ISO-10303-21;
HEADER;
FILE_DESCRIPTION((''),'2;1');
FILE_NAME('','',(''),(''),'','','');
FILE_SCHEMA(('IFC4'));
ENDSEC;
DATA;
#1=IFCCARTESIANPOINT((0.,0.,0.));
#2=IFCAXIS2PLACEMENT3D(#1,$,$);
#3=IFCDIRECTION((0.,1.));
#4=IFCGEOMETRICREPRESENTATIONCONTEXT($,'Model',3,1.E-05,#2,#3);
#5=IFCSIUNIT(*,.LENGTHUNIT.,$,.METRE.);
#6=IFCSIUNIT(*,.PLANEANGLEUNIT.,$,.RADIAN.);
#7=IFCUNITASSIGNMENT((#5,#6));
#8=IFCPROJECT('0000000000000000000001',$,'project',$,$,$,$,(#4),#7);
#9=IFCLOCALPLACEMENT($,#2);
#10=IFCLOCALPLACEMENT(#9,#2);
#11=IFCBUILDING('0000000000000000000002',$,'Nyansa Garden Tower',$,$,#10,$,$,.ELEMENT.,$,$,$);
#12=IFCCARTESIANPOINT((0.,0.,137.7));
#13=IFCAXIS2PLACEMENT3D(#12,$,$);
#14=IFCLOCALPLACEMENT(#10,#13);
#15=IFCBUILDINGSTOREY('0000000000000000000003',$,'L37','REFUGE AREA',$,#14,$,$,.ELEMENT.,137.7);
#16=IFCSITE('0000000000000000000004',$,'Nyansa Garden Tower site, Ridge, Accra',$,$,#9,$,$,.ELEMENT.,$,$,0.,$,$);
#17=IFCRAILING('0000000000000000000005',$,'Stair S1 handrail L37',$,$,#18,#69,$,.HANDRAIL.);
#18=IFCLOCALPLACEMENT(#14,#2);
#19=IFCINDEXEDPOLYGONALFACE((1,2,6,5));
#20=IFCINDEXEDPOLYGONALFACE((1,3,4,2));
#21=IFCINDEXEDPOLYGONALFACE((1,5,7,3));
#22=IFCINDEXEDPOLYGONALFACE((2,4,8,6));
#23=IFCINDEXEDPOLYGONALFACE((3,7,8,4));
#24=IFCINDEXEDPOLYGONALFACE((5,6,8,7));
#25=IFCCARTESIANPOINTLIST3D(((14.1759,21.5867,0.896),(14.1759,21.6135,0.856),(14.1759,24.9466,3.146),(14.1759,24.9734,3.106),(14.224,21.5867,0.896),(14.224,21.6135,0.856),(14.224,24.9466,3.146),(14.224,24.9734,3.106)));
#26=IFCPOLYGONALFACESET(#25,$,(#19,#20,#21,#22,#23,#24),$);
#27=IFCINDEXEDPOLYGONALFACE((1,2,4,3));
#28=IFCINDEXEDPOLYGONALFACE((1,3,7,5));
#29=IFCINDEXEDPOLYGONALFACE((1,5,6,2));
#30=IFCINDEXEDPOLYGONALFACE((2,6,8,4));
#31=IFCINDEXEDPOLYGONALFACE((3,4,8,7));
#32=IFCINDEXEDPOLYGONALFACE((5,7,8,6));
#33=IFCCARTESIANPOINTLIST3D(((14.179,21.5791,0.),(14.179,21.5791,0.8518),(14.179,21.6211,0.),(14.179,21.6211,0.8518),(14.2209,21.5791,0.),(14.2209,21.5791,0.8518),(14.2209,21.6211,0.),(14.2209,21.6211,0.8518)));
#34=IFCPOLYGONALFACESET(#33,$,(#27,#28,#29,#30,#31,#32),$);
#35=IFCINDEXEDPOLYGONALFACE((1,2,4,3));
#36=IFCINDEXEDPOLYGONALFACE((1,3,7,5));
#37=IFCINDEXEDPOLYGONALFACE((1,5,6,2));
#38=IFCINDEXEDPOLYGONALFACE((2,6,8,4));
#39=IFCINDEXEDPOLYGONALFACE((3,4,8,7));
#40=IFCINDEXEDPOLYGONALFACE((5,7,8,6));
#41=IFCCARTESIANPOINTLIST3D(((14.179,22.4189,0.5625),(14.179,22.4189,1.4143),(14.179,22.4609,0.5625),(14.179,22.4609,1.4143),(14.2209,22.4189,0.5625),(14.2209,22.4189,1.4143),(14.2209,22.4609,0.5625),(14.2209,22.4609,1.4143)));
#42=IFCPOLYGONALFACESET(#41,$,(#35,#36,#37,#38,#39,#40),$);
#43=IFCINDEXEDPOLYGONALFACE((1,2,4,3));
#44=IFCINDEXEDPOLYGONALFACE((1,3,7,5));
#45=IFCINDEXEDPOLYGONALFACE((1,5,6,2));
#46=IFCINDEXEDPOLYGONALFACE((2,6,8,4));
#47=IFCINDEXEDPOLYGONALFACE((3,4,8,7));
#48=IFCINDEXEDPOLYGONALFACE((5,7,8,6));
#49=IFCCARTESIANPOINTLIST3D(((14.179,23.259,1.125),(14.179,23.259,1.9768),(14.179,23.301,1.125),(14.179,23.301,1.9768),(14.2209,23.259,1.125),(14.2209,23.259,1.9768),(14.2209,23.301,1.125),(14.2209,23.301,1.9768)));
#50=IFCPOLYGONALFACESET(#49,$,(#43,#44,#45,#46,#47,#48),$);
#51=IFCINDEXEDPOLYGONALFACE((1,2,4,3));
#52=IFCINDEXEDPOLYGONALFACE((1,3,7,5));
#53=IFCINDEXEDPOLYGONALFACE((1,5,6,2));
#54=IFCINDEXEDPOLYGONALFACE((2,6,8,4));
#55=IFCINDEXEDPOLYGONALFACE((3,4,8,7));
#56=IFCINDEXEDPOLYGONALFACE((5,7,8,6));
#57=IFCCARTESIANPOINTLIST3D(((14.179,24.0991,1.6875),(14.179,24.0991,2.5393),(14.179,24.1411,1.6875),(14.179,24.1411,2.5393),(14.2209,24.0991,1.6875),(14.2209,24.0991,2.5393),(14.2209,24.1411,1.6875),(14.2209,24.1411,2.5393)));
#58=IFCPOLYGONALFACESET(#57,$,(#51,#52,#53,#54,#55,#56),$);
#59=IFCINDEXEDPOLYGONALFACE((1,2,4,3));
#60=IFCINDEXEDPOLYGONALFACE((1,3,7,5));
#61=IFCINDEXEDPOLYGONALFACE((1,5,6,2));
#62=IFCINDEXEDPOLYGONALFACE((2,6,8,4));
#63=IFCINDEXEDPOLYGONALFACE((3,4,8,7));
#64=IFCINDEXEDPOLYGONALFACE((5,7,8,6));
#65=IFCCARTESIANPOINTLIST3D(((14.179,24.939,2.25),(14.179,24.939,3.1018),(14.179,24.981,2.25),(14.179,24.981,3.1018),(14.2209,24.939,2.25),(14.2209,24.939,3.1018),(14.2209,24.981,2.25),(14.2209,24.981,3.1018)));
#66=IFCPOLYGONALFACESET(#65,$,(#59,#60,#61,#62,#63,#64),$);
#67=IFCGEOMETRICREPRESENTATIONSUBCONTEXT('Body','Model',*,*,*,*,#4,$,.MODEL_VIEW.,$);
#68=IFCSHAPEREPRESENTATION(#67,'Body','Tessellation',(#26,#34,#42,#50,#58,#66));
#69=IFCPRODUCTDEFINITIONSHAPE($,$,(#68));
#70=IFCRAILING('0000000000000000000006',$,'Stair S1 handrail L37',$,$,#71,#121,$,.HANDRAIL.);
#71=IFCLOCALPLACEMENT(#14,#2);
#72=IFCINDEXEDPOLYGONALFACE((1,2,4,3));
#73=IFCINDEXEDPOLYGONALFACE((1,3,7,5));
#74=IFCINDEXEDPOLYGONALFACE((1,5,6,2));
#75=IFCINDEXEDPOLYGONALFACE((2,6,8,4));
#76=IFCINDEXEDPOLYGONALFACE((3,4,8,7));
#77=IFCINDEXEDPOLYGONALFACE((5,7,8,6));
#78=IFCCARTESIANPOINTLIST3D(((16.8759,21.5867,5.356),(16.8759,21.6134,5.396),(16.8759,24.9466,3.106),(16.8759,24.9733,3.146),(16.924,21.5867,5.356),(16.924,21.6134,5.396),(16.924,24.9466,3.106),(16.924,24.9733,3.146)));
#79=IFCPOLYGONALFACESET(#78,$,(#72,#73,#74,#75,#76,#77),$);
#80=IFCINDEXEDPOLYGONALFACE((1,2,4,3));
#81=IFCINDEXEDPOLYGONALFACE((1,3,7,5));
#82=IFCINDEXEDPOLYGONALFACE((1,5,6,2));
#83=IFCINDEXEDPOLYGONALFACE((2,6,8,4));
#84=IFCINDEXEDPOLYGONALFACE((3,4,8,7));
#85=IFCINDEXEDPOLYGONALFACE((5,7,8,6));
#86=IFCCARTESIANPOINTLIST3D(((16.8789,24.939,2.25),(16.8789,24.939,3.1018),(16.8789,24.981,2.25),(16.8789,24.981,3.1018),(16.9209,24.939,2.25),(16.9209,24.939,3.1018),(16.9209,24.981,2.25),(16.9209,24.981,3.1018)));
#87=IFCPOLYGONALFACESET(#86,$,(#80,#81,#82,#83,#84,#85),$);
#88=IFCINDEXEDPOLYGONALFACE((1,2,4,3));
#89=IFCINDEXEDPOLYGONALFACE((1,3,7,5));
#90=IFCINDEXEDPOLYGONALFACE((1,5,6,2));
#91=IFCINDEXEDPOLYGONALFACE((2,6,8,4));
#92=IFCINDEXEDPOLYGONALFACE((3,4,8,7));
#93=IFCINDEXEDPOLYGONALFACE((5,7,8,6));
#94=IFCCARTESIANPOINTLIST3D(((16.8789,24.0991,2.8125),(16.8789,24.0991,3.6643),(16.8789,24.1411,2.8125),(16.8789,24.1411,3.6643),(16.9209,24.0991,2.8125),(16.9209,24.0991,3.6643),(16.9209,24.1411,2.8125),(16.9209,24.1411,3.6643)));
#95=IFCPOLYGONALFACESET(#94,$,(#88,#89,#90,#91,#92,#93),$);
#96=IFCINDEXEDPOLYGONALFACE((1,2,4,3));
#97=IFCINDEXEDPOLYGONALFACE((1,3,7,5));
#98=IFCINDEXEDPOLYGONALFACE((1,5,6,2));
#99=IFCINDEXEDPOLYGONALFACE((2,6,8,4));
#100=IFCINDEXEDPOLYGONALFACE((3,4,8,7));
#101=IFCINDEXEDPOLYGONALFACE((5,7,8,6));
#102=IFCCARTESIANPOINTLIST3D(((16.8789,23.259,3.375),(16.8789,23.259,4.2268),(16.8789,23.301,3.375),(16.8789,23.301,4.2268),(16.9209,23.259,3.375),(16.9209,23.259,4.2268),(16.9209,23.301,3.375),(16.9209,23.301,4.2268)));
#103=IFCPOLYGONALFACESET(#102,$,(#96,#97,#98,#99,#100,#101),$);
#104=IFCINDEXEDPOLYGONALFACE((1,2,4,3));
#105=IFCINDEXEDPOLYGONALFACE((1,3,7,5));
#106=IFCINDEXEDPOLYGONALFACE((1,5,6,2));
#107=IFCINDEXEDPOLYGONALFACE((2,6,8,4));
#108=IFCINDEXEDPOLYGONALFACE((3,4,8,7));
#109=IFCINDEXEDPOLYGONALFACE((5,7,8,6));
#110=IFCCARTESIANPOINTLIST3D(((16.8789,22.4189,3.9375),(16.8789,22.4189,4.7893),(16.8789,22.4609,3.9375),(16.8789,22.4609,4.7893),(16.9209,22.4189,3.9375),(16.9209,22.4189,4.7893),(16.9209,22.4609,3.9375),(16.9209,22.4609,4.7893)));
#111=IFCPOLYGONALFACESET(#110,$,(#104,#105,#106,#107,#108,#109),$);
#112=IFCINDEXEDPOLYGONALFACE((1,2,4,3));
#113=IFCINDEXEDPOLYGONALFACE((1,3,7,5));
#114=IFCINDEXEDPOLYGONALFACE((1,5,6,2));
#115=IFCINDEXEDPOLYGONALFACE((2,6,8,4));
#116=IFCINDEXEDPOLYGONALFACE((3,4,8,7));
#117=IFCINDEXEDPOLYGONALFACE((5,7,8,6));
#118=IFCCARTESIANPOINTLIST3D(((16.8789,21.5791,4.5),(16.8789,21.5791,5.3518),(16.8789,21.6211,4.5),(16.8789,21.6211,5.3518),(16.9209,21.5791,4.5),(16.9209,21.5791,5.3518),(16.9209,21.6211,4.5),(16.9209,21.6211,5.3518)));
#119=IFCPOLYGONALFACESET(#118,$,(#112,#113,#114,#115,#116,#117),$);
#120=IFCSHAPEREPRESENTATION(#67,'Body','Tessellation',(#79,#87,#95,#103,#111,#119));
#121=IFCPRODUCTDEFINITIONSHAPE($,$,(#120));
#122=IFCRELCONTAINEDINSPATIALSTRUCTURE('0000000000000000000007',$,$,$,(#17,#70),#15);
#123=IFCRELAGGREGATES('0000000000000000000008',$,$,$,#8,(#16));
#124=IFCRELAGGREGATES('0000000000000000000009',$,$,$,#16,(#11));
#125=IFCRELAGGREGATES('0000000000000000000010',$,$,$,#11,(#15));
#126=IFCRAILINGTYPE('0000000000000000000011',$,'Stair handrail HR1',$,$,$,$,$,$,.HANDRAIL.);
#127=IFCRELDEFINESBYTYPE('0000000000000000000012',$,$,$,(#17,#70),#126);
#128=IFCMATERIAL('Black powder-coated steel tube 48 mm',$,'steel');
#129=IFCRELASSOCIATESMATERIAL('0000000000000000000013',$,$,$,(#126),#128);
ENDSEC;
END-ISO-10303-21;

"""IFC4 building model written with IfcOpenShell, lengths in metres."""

from ifc_helpers import new_model, si_unit, direction, frame, origin, origin_2d, place, context, subcontext, project, spatial, rectangle, extrude, material, type_object, element, save


model = new_model("IFC4")

# Units and contexts
model_context = context("Model", 3, precision=1e-05, world=origin(), true_north=direction((0.0, 1.0)))
body_context = subcontext(model_context, "Body", "Model", "MODEL_VIEW")
ifc_project = project(units=[si_unit("LENGTHUNIT", "METRE"), si_unit("PLANEANGLEUNIT", "RADIAN")], contexts=[model_context])

# Site, building, storey
site_placement = place(None, origin())
site = spatial("IfcSite", under=ifc_project, at=site_placement, Name="Nyansa Garden Tower site, Ridge, Accra", CompositionType="ELEMENT", RefElevation=0.0)
building_placement = place(site_placement, origin())
building = spatial("IfcBuilding", under=site, at=building_placement, Name="Nyansa Garden Tower", CompositionType="ELEMENT")
storey_placement = place(building_placement, frame((0.0, 0.0, 137.7)))
storey = spatial("IfcBuildingStorey", under=building, at=storey_placement, Name="L37", Description="REFUGE AREA", CompositionType="ELEMENT", Elevation=137.7)

# Railings
ifc_material_1 = material(Name="Black powder-coated steel tube 48 mm", Category="steel")
railing_type = type_object("IfcRailingType", Name="Stair handrail HR1", PredefinedType="HANDRAIL", material=ifc_material_1)
railing_1_placement = place(storey_placement, frame((14.2, 21.6001, 0.0)))
element("IfcRailing", 1, at=railing_1_placement, inside=storey, type_object=railing_type, Name="Stair S1 handrail L37", PredefinedType="HANDRAIL", context=body_context, shape_type="SweptSolid", body=[
    extrude(rectangle(XDim=0.0481, YDim=0.0481, at=origin_2d()), frame((0.0, 0.0, 0.876), z_axis=(0.0, 0.830897, 0.556427), x_axis=(-1.0, 0.0, 0.0)), (0.0, 0.0, 1.0), 4.0437),
    extrude(rectangle(XDim=0.042, YDim=0.042, at=origin_2d()), origin(), (0.0, 0.0, 1.0), 0.8518),
    extrude(rectangle(XDim=0.042, YDim=0.042, at=origin_2d()), frame((0.0, 0.8398, 0.5625)), (0.0, 0.0, 1.0), 0.8518),
    extrude(rectangle(XDim=0.042, YDim=0.042, at=origin_2d()), frame((0.0, 1.6799, 1.125)), (0.0, 0.0, 1.0), 0.8518),
    extrude(rectangle(XDim=0.042, YDim=0.042, at=origin_2d()), frame((0.0, 2.52, 1.6875)), (0.0, 0.0, 1.0), 0.8518),
    extrude(rectangle(XDim=0.042, YDim=0.042, at=origin_2d()), frame((0.0, 3.3599, 2.25)), (0.0, 0.0, 1.0), 0.8518),
])
railing_2_placement = place(storey_placement, frame((16.8999, 24.96, 2.25)))
element("IfcRailing", 2, at=railing_2_placement, inside=storey, type_object=railing_type, Name="Stair S1 handrail L37", PredefinedType="HANDRAIL", context=body_context, shape_type="SweptSolid", body=[
    extrude(rectangle(XDim=0.0481, YDim=0.0481, at=origin_2d()), frame((0.0, 0.0, 0.876), z_axis=(0.0, -0.830897, 0.556427), x_axis=(1.0, 0.0, 0.0)), (0.0, 0.0, 1.0), 4.0437),
    extrude(rectangle(XDim=0.042, YDim=0.042, at=origin_2d()), origin(), (0.0, 0.0, 1.0), 0.8518),
    extrude(rectangle(XDim=0.042, YDim=0.042, at=origin_2d()), frame((0.0, -0.8398, 0.5625)), (0.0, 0.0, 1.0), 0.8518),
    extrude(rectangle(XDim=0.042, YDim=0.042, at=origin_2d()), frame((0.0, -1.6799, 1.125)), (0.0, 0.0, 1.0), 0.8518),
    extrude(rectangle(XDim=0.042, YDim=0.042, at=origin_2d()), frame((0.0, -2.52, 1.6875)), (0.0, 0.0, 1.0), 0.8518),
    extrude(rectangle(XDim=0.042, YDim=0.042, at=origin_2d()), frame((0.0, -3.3599, 2.25)), (0.0, 0.0, 1.0), 0.8518),
])

save(model, "model.ifc")
